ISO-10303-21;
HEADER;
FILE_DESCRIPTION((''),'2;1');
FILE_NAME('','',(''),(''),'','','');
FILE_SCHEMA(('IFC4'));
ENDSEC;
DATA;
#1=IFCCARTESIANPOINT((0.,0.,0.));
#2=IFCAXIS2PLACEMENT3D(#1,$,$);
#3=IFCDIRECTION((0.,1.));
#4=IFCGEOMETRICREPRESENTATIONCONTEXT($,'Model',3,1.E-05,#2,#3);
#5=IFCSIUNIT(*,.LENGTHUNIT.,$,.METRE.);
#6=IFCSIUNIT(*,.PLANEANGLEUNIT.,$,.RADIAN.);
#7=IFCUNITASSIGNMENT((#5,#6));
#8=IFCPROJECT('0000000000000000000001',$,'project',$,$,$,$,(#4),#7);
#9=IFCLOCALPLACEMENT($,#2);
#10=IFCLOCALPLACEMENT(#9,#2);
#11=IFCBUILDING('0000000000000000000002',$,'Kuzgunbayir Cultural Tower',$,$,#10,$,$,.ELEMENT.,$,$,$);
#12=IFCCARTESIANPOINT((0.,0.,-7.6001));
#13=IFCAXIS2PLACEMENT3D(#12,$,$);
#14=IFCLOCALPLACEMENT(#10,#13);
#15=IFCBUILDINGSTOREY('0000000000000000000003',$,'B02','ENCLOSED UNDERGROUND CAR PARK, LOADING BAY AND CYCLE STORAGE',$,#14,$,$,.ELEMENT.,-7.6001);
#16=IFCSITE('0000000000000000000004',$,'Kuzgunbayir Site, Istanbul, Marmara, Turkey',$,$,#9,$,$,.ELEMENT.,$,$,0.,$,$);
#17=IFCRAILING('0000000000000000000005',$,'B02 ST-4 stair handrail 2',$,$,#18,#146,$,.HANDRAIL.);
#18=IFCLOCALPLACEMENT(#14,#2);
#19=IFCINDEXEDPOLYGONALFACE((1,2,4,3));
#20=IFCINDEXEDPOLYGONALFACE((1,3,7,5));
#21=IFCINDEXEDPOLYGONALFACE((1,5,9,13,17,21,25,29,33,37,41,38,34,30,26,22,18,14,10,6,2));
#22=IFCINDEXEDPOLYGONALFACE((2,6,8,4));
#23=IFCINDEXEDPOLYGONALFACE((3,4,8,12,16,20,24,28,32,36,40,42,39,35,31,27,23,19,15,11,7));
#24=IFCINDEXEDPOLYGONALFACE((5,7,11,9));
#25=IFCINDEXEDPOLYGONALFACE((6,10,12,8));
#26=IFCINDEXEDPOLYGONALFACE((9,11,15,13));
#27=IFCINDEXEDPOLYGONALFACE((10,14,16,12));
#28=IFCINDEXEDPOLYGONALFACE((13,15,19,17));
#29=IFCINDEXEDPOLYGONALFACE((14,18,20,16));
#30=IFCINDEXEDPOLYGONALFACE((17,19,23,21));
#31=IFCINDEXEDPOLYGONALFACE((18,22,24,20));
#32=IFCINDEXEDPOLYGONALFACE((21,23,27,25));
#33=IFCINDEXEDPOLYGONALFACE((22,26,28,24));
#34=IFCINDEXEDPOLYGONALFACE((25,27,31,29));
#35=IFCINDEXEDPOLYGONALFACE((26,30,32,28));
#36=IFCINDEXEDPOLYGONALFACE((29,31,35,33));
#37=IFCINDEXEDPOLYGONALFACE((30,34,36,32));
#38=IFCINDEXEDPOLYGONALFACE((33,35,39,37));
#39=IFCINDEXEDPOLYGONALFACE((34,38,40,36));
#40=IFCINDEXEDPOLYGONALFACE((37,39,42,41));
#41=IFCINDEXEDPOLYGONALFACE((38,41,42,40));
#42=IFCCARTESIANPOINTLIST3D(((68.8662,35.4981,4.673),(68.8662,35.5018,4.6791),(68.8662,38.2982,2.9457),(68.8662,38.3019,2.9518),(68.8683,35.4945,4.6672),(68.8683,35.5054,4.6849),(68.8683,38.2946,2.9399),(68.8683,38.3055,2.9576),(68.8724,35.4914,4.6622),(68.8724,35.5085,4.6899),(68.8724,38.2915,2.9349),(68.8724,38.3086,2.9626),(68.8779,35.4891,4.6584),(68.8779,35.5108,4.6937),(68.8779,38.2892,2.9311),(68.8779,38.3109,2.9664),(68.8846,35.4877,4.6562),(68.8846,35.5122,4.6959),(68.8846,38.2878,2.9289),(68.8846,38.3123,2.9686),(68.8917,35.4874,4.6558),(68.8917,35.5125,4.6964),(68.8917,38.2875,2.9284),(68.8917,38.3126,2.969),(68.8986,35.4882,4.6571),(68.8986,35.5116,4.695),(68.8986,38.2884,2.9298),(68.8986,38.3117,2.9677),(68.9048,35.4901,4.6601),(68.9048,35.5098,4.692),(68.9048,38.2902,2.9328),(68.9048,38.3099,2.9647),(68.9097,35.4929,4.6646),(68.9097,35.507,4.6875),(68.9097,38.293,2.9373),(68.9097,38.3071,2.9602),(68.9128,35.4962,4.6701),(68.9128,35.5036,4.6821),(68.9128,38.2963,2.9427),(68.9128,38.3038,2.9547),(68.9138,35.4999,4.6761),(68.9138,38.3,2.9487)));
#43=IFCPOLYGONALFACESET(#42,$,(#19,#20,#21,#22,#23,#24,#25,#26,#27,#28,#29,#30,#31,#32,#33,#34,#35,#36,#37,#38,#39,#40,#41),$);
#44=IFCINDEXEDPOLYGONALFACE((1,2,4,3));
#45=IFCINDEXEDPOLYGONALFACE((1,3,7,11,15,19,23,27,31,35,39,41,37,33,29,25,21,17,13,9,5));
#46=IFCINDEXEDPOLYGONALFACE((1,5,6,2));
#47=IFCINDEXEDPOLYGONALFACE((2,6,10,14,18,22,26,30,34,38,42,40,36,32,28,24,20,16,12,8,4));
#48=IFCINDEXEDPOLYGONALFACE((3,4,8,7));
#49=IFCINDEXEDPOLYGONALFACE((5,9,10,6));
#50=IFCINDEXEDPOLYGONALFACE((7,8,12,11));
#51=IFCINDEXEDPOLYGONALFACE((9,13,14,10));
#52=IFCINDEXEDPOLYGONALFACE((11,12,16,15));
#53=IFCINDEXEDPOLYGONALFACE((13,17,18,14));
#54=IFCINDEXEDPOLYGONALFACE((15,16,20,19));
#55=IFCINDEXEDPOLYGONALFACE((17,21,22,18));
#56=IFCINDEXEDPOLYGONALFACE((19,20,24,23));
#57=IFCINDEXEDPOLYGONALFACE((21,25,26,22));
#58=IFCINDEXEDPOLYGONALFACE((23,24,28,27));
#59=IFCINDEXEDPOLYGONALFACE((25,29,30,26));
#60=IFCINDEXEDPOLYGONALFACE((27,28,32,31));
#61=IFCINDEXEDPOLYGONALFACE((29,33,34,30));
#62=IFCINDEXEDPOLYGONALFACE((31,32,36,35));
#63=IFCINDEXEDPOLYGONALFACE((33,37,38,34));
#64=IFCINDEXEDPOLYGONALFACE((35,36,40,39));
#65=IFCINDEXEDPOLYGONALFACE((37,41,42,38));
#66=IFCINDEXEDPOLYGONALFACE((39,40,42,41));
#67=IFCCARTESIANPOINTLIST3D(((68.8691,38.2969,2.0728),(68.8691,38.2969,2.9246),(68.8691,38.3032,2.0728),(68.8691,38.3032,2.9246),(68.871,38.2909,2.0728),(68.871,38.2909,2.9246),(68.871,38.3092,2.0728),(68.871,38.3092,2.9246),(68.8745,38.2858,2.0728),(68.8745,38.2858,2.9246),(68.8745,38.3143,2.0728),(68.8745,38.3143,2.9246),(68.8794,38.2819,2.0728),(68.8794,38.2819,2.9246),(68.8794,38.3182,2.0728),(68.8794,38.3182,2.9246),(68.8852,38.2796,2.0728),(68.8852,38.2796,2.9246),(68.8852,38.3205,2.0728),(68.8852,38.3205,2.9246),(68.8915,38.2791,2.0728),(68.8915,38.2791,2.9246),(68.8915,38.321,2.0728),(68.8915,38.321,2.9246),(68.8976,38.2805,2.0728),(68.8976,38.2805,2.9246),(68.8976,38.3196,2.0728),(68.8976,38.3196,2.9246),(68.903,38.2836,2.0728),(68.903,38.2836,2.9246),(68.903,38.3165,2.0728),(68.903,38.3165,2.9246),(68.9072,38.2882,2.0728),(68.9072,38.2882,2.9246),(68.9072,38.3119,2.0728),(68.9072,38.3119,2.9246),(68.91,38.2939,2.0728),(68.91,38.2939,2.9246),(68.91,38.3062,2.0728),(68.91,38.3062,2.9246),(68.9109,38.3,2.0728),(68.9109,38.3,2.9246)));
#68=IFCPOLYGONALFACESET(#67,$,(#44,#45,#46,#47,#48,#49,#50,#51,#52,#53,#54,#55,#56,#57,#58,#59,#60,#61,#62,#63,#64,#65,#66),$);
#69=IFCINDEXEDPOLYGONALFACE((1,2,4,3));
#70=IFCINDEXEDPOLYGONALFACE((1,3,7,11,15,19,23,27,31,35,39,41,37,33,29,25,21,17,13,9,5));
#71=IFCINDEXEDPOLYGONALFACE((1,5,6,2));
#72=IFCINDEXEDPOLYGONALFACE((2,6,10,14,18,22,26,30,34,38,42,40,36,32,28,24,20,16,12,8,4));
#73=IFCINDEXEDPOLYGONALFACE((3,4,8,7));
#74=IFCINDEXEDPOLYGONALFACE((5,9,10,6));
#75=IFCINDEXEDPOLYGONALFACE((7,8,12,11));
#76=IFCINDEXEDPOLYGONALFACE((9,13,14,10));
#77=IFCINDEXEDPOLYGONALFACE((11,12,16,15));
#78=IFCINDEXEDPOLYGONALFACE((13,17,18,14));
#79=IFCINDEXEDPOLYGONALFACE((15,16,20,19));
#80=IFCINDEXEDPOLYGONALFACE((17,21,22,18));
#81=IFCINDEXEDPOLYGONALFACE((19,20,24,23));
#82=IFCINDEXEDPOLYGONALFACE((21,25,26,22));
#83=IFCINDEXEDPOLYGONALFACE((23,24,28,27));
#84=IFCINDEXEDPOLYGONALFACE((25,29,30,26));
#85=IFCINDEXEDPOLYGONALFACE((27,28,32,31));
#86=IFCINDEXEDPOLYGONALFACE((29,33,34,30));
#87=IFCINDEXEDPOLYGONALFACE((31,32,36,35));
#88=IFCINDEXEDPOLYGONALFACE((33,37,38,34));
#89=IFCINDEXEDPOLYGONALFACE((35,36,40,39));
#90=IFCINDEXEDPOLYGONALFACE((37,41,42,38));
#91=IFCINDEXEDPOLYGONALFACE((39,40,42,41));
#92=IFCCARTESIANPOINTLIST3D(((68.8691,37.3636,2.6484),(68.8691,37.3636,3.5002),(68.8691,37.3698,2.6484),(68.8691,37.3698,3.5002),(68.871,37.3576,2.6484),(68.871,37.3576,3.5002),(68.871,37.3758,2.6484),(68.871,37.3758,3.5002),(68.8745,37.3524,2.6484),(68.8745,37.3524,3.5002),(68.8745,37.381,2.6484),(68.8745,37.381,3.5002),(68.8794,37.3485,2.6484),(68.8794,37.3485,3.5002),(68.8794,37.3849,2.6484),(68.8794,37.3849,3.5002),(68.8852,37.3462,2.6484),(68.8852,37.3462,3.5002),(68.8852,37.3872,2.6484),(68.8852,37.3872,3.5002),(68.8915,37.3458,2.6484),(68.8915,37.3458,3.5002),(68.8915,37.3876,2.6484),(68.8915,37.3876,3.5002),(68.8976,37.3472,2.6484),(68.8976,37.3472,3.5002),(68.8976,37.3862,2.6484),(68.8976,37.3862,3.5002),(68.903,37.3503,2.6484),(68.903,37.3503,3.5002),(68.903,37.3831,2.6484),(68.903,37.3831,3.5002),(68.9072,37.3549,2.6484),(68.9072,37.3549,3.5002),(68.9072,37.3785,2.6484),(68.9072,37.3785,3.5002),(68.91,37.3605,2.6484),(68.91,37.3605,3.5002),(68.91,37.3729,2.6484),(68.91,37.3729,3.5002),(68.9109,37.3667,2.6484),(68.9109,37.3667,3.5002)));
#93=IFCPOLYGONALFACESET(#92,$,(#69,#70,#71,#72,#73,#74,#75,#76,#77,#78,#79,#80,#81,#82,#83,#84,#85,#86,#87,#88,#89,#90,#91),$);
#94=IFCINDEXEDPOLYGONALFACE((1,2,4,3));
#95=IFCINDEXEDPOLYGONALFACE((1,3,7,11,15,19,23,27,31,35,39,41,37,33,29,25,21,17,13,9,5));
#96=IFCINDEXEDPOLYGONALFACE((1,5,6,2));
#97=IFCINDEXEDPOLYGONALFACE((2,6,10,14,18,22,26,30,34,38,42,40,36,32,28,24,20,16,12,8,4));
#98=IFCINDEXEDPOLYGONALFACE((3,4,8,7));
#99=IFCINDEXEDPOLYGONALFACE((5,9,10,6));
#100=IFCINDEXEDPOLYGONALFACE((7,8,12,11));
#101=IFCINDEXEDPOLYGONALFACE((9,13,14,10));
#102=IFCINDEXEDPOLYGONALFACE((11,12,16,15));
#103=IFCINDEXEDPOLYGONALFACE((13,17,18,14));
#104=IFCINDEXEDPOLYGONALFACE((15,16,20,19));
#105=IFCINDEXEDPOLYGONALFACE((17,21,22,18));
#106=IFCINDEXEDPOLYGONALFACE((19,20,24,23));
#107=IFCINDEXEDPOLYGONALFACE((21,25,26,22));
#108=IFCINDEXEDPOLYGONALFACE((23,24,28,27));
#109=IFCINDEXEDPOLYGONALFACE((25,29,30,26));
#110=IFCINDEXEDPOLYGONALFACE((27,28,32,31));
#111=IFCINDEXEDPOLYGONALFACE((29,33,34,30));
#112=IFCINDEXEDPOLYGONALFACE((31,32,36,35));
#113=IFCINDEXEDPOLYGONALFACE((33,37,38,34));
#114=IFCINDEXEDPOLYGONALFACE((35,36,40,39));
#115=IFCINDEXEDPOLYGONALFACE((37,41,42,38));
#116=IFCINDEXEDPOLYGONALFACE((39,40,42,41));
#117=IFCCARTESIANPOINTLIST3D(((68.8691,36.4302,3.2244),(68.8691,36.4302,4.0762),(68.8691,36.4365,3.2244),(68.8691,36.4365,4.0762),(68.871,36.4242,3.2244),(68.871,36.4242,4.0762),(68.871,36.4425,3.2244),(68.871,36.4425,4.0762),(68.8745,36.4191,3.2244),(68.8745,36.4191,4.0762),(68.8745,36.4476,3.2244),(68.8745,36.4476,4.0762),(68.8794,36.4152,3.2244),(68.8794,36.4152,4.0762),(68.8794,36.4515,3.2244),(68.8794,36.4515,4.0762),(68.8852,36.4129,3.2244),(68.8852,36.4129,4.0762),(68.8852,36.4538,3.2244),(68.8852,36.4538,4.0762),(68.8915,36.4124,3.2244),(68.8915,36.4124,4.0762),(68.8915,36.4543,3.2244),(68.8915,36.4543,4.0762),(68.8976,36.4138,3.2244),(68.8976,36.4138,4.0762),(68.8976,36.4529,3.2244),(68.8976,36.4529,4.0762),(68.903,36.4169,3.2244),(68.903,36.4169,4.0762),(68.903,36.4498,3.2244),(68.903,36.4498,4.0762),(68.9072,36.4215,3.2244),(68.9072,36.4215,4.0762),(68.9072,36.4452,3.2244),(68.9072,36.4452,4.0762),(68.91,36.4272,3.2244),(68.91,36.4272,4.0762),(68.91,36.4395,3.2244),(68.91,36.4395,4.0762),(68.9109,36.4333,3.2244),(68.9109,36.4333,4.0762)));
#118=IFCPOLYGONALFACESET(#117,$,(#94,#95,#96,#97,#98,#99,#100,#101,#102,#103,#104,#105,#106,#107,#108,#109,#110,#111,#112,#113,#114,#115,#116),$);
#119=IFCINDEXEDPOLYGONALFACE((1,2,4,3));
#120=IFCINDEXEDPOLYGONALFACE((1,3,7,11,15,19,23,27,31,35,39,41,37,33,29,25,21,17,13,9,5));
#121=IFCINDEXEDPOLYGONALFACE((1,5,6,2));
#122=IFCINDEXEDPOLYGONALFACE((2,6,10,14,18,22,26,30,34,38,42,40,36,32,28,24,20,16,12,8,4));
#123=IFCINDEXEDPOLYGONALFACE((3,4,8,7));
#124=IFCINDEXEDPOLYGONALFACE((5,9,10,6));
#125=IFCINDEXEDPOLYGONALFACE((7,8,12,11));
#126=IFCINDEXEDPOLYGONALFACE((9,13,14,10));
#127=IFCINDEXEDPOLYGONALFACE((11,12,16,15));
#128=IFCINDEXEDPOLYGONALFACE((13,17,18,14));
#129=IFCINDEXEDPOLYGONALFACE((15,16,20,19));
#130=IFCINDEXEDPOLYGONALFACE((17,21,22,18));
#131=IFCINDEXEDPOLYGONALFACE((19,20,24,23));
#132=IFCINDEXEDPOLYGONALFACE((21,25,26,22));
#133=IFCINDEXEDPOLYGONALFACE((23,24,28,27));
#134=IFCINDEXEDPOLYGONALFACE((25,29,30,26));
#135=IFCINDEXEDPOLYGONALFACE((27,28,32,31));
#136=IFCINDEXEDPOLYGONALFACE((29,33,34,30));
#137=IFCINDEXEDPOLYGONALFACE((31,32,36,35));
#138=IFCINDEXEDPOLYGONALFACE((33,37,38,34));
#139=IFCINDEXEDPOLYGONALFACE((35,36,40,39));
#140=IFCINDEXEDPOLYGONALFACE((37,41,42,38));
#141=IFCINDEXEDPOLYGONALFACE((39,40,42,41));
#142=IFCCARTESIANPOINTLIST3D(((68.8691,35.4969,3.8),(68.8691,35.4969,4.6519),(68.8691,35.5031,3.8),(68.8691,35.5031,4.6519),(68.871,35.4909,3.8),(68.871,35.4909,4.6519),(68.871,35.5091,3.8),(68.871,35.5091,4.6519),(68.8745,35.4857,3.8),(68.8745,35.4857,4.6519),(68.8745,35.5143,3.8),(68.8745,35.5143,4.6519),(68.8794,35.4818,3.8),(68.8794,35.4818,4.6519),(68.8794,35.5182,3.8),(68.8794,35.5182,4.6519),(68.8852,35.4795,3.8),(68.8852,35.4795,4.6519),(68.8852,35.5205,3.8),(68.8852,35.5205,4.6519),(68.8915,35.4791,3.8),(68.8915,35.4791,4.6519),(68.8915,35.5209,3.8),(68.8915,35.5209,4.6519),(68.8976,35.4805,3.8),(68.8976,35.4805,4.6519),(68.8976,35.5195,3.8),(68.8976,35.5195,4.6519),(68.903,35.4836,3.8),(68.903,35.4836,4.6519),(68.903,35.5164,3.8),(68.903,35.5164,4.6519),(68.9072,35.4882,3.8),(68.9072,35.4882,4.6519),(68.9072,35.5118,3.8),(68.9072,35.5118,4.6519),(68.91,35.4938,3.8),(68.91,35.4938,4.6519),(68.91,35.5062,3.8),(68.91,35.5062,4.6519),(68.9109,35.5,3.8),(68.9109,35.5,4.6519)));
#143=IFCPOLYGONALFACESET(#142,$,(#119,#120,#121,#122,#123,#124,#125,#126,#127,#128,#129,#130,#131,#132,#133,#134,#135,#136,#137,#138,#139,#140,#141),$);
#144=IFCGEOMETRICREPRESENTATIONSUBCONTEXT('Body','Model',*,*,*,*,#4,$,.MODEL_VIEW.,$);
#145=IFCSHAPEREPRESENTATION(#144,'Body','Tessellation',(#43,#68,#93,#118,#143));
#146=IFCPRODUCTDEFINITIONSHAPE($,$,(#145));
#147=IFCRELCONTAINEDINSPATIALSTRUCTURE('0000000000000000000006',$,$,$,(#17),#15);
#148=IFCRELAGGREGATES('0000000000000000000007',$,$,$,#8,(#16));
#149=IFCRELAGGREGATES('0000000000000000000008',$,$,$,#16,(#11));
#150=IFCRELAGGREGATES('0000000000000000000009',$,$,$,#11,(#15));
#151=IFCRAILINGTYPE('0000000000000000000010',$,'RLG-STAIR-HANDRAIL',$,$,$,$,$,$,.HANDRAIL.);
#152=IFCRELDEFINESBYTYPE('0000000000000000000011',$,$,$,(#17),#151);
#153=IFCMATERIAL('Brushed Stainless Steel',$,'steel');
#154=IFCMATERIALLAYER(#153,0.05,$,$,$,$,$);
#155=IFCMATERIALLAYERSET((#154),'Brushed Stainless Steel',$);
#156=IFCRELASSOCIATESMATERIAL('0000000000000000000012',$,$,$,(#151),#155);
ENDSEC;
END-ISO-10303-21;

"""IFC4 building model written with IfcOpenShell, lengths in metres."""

from ifc_helpers import new_model, si_unit, direction, frame, origin, origin_2d, place, context, subcontext, project, spatial, circle, extrude, material, layer, layer_set, type_object, element, save


model = new_model("IFC4")

# Units and contexts
model_context = context("Model", 3, precision=1e-05, world=origin(), true_north=direction((0.0, 1.0)))
body_context = subcontext(model_context, "Body", "Model", "MODEL_VIEW")
ifc_project = project(units=[si_unit("LENGTHUNIT", "METRE"), si_unit("PLANEANGLEUNIT", "RADIAN")], contexts=[model_context])

# Site, building, storey
site_placement = place(None, origin())
site = spatial("IfcSite", under=ifc_project, at=site_placement, Name="Kuzgunbayir Site, Istanbul, Marmara, Turkey", CompositionType="ELEMENT", RefElevation=0.0)
building_placement = place(site_placement, origin())
building = spatial("IfcBuilding", under=site, at=building_placement, Name="Kuzgunbayir Cultural Tower", CompositionType="ELEMENT")
storey_placement = place(building_placement, frame((0.0, 0.0, -7.6001)))
storey = spatial("IfcBuildingStorey", under=building, at=storey_placement, Name="B02", Description="ENCLOSED UNDERGROUND CAR PARK, LOADING BAY AND CYCLE STORAGE", CompositionType="ELEMENT", Elevation=-7.6001)

# Shared definitions
ifc_material_1 = material(Name="Brushed Stainless Steel", Category="steel")

# Railing
ifc_layer_1 = layer(ifc_material_1, 0.05)
ifc_layer_set_1 = layer_set([ifc_layer_1], Name="Brushed Stainless Steel")
railing_type_1 = type_object("IfcRailingType", Name="RLG-STAIR-HANDRAIL", PredefinedType="HANDRAIL", material=ifc_layer_set_1)
railing_1_placement = place(storey_placement, frame((68.8899, 38.3, 2.0728)))
element("IfcRailing", 1, at=railing_1_placement, inside=storey, type_object=railing_type_1, Name="B02 ST-4 stair handrail 2", PredefinedType="HANDRAIL", context=body_context, shape_type="SweptSolid", body=[
    extrude(circle(Radius=0.0239, at=origin_2d()), frame((0.0, 0.0, 0.876), z_axis=(0.0, -0.85109, 0.52502), x_axis=(1.0, 0.0, 0.0)), (0.0, 0.0, 1.0), 3.29),
    extrude(circle(Radius=0.021, at=origin_2d()), origin(), (0.0, 0.0, 1.0), 0.8518),
    extrude(circle(Radius=0.021, at=origin_2d()), frame((0.0, -0.9333, 0.5757)), (0.0, 0.0, 1.0), 0.8518),
    extrude(circle(Radius=0.021, at=origin_2d()), frame((0.0, -1.8667, 1.1516)), (0.0, 0.0, 1.0), 0.8518),
    extrude(circle(Radius=0.021, at=origin_2d()), frame((0.0, -2.8, 1.7273)), (0.0, 0.0, 1.0), 0.8518),
])

save(model, "model.ifc")
